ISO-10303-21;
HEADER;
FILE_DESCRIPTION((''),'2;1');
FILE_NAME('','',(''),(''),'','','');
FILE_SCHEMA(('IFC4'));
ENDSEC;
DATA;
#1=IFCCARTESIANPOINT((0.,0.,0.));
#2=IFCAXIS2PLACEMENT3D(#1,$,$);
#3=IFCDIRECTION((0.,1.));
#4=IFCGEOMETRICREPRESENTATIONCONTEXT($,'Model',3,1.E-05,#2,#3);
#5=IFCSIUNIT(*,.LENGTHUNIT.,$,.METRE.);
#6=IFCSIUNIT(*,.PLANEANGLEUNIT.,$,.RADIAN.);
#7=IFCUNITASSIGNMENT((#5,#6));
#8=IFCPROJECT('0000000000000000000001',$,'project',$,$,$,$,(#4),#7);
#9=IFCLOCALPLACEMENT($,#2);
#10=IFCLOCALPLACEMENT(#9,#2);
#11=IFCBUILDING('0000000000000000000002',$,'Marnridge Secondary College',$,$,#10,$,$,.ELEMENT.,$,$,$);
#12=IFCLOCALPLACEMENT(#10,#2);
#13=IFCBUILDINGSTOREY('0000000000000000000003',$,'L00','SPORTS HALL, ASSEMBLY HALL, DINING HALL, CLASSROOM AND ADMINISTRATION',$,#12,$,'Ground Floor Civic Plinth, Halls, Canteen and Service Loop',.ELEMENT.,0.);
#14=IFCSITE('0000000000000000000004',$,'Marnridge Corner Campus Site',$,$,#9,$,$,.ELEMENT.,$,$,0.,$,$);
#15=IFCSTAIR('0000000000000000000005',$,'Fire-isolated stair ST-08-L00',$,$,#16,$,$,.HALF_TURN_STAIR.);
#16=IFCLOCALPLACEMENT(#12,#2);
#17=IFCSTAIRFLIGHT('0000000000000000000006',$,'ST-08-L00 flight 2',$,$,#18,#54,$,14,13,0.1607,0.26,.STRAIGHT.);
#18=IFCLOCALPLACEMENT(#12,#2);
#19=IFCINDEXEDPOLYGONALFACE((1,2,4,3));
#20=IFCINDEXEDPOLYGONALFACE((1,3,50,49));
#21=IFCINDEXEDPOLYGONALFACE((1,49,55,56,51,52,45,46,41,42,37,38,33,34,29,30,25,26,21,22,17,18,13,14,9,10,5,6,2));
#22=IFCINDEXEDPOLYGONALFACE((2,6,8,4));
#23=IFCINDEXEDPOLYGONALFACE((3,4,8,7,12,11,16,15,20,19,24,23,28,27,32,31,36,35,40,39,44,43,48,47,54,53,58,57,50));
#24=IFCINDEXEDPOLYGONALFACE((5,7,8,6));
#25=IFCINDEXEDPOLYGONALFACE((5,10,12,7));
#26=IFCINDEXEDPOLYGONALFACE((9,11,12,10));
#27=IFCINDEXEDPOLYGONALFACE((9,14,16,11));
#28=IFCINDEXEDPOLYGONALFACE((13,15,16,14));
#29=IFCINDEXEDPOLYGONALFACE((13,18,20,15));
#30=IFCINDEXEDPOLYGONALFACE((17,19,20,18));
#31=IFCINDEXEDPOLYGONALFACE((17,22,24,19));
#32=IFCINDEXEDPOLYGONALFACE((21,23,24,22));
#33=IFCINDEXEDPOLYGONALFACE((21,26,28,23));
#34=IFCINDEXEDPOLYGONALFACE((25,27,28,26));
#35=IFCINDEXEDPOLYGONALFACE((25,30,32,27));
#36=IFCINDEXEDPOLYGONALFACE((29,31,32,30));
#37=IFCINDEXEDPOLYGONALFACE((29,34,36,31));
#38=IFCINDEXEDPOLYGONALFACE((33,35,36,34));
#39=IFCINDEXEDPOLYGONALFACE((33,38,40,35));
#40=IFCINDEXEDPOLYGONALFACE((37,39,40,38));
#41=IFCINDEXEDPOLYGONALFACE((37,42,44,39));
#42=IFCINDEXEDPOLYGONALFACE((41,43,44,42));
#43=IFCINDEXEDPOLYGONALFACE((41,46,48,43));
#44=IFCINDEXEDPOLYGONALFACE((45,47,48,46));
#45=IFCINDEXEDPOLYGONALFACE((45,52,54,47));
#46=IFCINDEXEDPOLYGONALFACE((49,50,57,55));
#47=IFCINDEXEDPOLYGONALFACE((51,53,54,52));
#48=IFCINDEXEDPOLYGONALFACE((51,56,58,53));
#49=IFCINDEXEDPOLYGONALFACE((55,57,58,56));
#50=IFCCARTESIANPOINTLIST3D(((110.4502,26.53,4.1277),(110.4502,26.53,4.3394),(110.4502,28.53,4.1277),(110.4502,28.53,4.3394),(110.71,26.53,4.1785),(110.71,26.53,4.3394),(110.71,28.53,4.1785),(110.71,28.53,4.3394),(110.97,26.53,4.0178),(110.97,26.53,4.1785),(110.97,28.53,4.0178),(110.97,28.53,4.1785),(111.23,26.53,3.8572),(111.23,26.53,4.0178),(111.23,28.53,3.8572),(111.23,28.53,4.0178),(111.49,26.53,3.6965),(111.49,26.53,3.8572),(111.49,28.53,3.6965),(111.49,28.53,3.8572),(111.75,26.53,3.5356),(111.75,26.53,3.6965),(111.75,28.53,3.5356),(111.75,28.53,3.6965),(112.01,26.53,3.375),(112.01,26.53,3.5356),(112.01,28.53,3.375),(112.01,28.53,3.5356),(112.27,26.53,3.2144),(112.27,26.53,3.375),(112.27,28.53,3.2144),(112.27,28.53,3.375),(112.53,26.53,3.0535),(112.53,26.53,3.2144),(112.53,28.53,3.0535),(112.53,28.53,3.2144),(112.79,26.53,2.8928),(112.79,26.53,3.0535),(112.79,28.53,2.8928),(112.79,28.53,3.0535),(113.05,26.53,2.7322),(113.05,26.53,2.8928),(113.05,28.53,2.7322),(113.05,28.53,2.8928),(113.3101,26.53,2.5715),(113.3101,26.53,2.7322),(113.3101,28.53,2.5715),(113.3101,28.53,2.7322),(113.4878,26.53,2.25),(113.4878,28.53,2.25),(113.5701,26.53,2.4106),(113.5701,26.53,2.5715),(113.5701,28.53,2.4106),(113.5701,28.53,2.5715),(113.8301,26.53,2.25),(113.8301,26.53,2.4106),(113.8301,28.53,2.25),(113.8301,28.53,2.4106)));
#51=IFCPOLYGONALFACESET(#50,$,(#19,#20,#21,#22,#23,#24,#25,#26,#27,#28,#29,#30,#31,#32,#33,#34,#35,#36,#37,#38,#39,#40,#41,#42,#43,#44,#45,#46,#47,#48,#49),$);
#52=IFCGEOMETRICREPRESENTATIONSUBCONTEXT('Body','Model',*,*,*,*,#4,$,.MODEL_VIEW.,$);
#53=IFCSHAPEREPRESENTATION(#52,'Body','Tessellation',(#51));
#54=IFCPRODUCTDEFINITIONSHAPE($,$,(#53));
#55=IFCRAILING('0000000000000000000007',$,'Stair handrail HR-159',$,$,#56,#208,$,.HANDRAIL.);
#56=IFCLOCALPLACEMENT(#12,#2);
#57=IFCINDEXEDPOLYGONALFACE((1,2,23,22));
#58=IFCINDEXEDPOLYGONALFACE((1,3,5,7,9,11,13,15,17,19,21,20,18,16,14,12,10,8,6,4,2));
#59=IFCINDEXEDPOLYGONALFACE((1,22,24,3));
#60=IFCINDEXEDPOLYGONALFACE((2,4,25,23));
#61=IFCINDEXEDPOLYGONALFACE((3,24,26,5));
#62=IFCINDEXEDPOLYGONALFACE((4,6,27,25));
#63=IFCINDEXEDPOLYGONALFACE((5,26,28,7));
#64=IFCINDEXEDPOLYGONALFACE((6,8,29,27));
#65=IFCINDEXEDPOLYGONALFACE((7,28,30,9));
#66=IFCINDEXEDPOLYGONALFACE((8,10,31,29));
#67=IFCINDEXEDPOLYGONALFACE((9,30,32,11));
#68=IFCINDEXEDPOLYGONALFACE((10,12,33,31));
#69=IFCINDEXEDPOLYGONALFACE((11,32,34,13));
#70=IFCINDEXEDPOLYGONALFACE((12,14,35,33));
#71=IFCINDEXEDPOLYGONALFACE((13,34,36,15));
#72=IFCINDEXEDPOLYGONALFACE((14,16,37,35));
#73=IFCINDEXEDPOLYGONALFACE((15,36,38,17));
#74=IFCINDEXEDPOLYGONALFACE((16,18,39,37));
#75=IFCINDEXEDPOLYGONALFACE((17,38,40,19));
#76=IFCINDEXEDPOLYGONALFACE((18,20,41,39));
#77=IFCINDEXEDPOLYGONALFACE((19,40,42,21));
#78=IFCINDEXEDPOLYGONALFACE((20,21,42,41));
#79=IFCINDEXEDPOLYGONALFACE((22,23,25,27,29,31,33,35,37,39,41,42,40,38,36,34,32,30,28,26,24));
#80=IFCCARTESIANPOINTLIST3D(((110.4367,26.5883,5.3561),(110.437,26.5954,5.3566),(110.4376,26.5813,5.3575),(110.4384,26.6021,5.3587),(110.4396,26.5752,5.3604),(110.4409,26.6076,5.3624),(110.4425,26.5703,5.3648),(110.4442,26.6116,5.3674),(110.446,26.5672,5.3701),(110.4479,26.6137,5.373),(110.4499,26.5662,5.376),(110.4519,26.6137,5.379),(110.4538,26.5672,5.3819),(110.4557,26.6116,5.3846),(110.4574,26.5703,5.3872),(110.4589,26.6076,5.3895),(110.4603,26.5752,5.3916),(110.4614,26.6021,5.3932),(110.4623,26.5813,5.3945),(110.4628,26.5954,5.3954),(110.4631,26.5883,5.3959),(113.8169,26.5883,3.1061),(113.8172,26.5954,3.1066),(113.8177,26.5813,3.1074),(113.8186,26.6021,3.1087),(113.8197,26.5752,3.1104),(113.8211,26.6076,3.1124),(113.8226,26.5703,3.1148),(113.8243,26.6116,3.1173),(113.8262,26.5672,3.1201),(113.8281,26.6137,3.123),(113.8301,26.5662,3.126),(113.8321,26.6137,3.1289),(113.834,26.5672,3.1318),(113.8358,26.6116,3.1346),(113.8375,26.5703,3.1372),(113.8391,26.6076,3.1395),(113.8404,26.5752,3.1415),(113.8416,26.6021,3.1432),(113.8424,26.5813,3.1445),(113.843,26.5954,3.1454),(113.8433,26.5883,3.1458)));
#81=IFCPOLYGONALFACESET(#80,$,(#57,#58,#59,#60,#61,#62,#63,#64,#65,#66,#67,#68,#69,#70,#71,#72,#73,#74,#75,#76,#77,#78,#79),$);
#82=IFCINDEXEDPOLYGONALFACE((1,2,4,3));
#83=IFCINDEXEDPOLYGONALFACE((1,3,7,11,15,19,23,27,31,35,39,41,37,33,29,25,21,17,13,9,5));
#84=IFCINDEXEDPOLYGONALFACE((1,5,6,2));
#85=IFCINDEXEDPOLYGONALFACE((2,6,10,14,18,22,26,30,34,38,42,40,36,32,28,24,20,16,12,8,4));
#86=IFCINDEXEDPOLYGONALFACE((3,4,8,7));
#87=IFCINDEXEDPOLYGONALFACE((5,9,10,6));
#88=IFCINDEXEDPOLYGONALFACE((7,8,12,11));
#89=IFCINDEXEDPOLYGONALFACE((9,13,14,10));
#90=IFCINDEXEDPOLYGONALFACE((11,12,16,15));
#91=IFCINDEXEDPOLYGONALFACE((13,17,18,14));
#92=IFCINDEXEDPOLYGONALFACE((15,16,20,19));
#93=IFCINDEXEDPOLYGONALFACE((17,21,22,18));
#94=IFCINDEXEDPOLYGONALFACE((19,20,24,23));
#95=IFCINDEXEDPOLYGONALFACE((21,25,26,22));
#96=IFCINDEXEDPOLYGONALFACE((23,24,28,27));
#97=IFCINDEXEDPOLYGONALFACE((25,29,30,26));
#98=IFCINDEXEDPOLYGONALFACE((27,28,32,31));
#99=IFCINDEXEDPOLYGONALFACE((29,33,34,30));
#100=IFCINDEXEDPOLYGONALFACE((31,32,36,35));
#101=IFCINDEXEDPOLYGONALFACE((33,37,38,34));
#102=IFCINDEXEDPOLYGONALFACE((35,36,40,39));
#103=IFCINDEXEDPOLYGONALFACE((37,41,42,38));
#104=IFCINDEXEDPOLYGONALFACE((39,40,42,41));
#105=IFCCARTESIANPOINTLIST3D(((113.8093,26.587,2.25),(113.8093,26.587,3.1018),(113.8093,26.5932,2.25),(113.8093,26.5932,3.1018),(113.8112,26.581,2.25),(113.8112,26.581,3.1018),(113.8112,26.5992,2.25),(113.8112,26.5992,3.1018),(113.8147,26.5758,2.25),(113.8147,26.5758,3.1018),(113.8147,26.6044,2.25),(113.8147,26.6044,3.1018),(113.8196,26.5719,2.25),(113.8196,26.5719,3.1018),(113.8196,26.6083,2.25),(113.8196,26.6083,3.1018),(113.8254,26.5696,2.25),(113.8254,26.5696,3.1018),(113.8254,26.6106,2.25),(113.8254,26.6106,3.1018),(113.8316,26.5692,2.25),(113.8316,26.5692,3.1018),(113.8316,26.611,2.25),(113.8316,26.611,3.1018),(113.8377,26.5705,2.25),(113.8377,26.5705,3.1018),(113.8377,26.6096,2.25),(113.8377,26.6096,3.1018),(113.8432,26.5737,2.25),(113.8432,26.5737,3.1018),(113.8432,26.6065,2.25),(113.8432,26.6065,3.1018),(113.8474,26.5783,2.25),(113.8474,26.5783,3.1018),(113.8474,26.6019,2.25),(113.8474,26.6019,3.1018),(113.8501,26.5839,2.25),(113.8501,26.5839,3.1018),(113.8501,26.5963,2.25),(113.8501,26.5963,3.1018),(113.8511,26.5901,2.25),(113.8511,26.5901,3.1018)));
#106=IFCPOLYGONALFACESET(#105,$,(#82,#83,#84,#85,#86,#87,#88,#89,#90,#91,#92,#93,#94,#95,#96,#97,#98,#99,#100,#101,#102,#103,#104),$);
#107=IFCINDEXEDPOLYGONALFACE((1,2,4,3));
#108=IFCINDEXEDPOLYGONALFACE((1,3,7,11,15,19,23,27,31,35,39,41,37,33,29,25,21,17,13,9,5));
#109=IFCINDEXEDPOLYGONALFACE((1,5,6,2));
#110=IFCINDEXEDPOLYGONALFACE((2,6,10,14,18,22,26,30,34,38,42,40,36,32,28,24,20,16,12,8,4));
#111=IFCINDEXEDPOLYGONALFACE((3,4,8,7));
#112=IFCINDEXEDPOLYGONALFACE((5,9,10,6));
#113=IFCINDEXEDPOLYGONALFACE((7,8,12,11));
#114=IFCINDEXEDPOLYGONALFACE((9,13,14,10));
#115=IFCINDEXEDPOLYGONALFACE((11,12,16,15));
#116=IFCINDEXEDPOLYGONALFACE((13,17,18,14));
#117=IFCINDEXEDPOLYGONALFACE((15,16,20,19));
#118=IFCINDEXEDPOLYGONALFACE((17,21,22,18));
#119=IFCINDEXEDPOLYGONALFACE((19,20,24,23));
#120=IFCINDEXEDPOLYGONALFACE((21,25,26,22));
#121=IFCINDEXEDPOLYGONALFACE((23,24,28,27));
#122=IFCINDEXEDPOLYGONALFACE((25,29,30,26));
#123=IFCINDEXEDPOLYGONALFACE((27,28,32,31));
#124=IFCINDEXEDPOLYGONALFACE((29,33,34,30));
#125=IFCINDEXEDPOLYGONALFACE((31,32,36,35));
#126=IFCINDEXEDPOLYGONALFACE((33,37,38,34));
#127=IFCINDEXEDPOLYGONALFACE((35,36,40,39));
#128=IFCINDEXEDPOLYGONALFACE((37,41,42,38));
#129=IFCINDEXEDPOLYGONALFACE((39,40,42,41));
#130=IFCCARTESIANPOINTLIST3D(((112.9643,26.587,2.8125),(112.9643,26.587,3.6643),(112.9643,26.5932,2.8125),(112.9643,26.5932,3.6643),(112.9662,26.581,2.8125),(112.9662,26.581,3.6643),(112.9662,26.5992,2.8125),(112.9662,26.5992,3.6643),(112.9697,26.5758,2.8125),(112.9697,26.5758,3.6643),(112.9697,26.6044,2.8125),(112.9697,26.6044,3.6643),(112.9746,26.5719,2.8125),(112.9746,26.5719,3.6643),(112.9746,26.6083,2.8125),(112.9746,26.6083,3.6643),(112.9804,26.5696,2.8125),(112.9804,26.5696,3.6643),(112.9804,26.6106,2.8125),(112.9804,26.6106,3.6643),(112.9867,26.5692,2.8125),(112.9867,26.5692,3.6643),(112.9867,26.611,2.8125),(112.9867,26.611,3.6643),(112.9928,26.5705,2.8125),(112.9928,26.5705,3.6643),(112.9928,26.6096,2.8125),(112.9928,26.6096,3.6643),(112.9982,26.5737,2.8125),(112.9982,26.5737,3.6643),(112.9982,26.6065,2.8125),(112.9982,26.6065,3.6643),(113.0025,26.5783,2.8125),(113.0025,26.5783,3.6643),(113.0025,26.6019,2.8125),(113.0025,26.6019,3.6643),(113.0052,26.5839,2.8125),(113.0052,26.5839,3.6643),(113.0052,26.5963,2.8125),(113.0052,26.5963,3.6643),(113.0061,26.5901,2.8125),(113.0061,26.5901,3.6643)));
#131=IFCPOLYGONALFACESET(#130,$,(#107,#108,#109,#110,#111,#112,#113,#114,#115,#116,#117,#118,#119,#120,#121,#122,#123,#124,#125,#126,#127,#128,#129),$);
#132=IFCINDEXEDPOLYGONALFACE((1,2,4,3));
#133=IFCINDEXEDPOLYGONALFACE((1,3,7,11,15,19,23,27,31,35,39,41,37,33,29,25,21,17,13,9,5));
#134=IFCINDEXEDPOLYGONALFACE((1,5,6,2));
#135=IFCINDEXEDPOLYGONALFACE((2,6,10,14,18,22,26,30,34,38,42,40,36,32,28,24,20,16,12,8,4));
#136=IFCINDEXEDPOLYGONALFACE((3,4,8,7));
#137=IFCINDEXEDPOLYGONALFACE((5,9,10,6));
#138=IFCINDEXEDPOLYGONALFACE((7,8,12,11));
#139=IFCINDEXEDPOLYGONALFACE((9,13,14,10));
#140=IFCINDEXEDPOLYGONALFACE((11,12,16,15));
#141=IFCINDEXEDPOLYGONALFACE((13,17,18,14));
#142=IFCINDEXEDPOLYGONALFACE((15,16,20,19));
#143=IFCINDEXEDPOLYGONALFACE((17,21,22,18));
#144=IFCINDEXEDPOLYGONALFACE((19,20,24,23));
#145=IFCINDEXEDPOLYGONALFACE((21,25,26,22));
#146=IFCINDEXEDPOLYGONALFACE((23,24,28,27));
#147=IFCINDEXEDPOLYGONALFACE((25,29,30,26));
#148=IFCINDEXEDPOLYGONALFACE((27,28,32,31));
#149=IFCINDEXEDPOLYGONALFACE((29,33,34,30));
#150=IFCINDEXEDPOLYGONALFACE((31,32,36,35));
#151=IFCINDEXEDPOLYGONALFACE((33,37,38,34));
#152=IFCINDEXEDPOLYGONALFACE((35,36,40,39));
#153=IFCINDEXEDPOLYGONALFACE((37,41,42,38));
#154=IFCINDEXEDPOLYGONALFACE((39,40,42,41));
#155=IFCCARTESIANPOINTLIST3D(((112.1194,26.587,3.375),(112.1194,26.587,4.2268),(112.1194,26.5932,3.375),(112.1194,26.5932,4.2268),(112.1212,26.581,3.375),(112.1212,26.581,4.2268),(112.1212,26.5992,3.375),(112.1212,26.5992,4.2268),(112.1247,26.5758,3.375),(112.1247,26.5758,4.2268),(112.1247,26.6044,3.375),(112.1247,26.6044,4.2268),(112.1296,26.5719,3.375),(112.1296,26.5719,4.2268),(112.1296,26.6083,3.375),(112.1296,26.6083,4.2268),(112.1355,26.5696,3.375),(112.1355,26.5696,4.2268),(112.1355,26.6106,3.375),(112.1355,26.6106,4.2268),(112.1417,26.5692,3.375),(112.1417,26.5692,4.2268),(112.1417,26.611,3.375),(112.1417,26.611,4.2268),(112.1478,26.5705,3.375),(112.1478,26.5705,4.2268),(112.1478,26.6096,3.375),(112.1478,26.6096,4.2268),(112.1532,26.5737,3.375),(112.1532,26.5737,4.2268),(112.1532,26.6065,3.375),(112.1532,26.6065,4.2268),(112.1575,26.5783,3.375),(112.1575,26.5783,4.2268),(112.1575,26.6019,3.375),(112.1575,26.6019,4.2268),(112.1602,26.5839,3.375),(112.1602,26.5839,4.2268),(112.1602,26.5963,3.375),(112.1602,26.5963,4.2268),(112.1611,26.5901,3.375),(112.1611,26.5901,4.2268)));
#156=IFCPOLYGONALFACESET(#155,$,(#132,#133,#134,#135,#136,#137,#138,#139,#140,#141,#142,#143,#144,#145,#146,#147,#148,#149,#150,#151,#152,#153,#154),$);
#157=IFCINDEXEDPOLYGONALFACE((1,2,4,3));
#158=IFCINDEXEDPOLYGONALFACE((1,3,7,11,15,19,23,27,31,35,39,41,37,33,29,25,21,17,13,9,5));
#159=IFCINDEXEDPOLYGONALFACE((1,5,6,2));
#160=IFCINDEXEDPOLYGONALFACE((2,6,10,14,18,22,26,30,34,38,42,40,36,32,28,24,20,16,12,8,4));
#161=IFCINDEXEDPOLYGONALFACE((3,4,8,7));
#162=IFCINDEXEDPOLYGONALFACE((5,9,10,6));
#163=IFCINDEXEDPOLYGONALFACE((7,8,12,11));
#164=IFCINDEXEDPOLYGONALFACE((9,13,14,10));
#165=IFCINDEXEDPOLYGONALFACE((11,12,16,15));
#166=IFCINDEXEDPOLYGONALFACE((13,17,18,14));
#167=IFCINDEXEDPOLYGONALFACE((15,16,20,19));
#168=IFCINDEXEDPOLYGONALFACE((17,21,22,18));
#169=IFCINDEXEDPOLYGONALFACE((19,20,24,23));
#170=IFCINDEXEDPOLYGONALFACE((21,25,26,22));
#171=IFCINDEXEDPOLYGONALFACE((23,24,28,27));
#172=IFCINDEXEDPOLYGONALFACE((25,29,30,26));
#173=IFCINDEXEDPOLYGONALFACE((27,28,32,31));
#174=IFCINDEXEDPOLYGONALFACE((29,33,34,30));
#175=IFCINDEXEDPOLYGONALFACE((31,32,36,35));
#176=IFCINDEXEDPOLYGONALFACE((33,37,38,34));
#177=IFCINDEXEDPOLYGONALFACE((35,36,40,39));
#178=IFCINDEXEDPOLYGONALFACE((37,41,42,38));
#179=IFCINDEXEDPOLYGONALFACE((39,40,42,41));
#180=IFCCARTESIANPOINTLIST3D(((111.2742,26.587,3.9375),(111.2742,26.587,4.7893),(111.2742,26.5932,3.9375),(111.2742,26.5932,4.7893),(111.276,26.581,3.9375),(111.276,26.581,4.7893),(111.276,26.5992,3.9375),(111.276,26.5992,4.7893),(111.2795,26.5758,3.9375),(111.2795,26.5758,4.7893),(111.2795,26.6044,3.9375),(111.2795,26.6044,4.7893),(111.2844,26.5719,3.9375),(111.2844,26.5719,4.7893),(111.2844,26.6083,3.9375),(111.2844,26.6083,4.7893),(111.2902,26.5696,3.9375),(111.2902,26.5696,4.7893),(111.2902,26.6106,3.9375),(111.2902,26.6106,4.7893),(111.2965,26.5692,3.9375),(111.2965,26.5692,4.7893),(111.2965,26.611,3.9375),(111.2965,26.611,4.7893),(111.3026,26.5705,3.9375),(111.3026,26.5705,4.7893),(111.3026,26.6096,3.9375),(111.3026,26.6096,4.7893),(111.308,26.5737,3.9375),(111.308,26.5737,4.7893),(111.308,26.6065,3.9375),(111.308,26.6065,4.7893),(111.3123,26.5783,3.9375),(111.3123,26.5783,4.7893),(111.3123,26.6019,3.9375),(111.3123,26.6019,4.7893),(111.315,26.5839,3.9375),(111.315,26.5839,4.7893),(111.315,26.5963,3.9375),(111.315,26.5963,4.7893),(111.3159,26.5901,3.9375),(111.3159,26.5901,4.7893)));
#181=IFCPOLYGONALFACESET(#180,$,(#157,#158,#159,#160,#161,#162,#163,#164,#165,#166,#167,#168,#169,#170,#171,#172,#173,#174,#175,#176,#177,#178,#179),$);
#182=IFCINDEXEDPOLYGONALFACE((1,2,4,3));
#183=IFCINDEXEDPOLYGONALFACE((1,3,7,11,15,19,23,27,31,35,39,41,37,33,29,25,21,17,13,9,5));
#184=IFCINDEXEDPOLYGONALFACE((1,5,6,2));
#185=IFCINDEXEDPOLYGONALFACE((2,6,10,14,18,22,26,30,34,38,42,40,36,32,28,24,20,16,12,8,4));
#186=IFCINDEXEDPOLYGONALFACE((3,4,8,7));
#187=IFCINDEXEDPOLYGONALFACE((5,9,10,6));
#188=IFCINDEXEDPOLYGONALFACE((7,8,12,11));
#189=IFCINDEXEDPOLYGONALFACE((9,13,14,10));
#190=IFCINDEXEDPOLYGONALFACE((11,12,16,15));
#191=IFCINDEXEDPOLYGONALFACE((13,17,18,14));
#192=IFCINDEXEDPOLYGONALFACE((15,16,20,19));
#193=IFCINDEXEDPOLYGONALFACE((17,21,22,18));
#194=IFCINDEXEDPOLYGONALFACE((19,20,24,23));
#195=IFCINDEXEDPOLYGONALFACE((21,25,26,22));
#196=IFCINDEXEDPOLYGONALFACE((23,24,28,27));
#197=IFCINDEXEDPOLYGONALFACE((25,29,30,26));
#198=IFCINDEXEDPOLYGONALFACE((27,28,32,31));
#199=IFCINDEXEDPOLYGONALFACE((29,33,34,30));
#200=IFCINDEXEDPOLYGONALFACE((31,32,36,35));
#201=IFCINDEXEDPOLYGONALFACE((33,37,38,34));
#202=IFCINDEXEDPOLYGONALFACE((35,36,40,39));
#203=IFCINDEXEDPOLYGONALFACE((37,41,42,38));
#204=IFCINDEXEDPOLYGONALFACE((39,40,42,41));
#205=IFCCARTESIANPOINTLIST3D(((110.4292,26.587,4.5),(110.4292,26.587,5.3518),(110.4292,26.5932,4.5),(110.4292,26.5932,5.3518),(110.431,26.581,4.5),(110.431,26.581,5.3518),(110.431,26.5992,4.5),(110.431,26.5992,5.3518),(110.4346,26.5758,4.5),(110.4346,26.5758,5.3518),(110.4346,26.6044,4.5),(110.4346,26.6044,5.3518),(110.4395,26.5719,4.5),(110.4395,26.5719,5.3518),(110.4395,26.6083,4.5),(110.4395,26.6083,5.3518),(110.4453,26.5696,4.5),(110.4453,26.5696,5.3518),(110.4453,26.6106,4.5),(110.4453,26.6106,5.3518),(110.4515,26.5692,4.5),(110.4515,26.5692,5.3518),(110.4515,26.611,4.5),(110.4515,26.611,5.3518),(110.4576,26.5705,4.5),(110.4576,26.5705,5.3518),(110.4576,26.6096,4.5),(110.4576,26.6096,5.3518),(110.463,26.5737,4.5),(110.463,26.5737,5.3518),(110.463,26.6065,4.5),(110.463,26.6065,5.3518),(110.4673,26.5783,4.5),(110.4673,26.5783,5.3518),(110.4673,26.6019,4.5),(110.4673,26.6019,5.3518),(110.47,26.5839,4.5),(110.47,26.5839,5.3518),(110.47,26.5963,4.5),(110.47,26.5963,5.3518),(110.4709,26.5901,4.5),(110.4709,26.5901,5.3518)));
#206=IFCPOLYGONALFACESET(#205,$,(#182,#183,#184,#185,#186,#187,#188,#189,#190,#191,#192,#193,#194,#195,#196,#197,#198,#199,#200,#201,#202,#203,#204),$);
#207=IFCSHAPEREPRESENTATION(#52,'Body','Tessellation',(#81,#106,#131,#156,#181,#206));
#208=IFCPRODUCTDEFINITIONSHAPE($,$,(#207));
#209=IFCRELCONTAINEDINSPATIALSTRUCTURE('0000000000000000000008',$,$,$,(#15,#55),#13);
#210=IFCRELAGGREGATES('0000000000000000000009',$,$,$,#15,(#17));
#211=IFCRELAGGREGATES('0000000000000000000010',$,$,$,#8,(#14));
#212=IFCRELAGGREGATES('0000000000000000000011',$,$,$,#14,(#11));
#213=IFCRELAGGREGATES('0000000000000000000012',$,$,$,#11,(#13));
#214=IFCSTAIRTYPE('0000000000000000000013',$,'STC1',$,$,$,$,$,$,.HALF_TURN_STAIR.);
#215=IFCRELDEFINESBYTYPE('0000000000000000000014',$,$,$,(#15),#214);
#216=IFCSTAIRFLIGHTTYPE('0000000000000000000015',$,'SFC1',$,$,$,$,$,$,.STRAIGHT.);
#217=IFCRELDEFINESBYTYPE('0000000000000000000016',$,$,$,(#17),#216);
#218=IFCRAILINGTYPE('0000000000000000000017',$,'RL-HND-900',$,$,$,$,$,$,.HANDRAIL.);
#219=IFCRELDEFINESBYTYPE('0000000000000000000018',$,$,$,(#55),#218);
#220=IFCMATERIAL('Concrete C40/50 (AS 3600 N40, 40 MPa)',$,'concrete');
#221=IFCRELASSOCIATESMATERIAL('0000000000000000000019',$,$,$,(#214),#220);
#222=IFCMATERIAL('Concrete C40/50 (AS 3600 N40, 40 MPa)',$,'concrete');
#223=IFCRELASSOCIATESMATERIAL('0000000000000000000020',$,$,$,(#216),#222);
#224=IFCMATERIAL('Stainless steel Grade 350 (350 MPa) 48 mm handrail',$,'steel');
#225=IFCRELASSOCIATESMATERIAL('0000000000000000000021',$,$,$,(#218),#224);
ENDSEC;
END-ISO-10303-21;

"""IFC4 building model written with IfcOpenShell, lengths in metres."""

from ifc_helpers import new_model, si_unit, direction, frame, origin, origin_2d, place, context, subcontext, project, spatial, polyline, circle, outline, extrude, material, type_object, element, aggregate, save


model = new_model("IFC4")

# Units and contexts
model_context = context("Model", 3, precision=1e-05, world=origin(), true_north=direction((0.0, 1.0)))
body_context = subcontext(model_context, "Body", "Model", "MODEL_VIEW")
ifc_project = project(units=[si_unit("LENGTHUNIT", "METRE"), si_unit("PLANEANGLEUNIT", "RADIAN")], contexts=[model_context])

# Site, building, storey
site_placement = place(None, origin())
site = spatial("IfcSite", under=ifc_project, at=site_placement, Name="Marnridge Corner Campus Site", CompositionType="ELEMENT", RefElevation=0.0)
building_placement = place(site_placement, origin())
building = spatial("IfcBuilding", under=site, at=building_placement, Name="Marnridge Secondary College", CompositionType="ELEMENT")
storey_placement = place(building_placement, origin())
storey = spatial("IfcBuildingStorey", under=building, at=storey_placement, Name="L00", Description="SPORTS HALL, ASSEMBLY HALL, DINING HALL, CLASSROOM AND ADMINISTRATION", LongName="Ground Floor Civic Plinth, Halls, Canteen and Service Loop", CompositionType="ELEMENT", Elevation=0.0)

# Stair, stair flight
ifc_material_1 = material(Name="Concrete C40/50 (AS 3600 N40, 40 MPa)", Category="concrete")
stair_type = type_object("IfcStairType", Name="STC1", PredefinedType="HALF_TURN_STAIR", material=ifc_material_1)
stair_placement = place(storey_placement, origin())
stair = element("IfcStair", 1, at=stair_placement, inside=storey, type_object=stair_type, Name="Fire-isolated stair ST-08-L00", PredefinedType="HALF_TURN_STAIR")
ifc_material_2 = material(Name="Concrete C40/50 (AS 3600 N40, 40 MPa)", Category="concrete")
stair_flight_type = type_object("IfcStairFlightType", Name="SFC1", PredefinedType="STRAIGHT", material=ifc_material_2)
stair_flight_placement = place(storey_placement, frame((113.8301, 27.53, 2.25), z_axis=(0.0, 0.0, 1.0), x_axis=(-1.0, 0.0, 0.0)))
stair_flight = element("IfcStairFlight", 2, at=stair_flight_placement, type_object=stair_flight_type, Name="ST-08-L00 flight 2", NumberOfRisers=14, NumberOfTreads=13, PredefinedType="STRAIGHT", RiserHeight=0.1607, TreadLength=0.26, context=body_context, shape_type="SweptSolid", body=[
    extrude(outline(polyline([(0.0, 0.0), (0.0, 0.1606), (0.26, 0.1606), (0.26, 0.3215), (0.52, 0.3215), (0.52, 0.4822), (0.78, 0.4822), (0.78, 0.6428), (1.04, 0.6428), (1.04, 0.8035), (1.3, 0.8035), (1.3, 0.9644), (1.5601, 0.9644), (1.5601, 1.125), (1.8201, 1.125), (1.8201, 1.2856), (2.0801, 1.2856), (2.0801, 1.4465), (2.3401, 1.4465), (2.3401, 1.6072), (2.6001, 1.6072), (2.6001, 1.7678), (2.8601, 1.7678), (2.8601, 1.9285), (3.1201, 1.9285), (3.1201, 2.0894), (3.3799, 2.0894), (3.3799, 2.25), (3.3799, 1.8777), (0.3423, 0.0), (0.0, 0.0)])), frame((0.0, 1.0, 0.0), z_axis=(0.0, -1.0, 0.0), x_axis=(1.0, 0.0, 0.0)), (0.0, 0.0, 1.0), 2.0),
])
aggregate(stair, [stair_flight])

# Railing
ifc_material_3 = material(Name="Stainless steel Grade 350 (350 MPa) 48 mm handrail", Category="steel")
railing_type_1 = type_object("IfcRailingType", Name="RL-HND-900", PredefinedType="HANDRAIL", material=ifc_material_3)
for number, where, name in (
    (3, (113.8301, 26.5901, 2.25), "Stair handrail HR-159"),
):
    element("IfcRailing", number, at=place(storey_placement, frame(where)), inside=storey, type_object=railing_type_1, Name=name, PredefinedType="HANDRAIL", context=body_context, shape_type="SweptSolid", body=[
        extrude(circle(Radius=0.0239, at=origin_2d()), frame((0.0, 0.0, 0.876), z_axis=(-0.832439, 0.0, 0.554117), x_axis=(0.0, -1.0, 0.0)), (0.0, 0.0, 1.0), 4.0605),
        extrude(circle(Radius=0.021, at=origin_2d()), origin(), (0.0, 0.0, 1.0), 0.8518),
        extrude(circle(Radius=0.021, at=origin_2d()), frame((-0.845, 0.0, 0.5625)), (0.0, 0.0, 1.0), 0.8518),
        extrude(circle(Radius=0.021, at=origin_2d()), frame((-1.6899, 0.0, 1.125)), (0.0, 0.0, 1.0), 0.8518),
        extrude(circle(Radius=0.021, at=origin_2d()), frame((-2.5352, 0.0, 1.6875)), (0.0, 0.0, 1.0), 0.8518),
        extrude(circle(Radius=0.021, at=origin_2d()), frame((-3.3801, 0.0, 2.25)), (0.0, 0.0, 1.0), 0.8518),
    ])

save(model, "model.ifc")
